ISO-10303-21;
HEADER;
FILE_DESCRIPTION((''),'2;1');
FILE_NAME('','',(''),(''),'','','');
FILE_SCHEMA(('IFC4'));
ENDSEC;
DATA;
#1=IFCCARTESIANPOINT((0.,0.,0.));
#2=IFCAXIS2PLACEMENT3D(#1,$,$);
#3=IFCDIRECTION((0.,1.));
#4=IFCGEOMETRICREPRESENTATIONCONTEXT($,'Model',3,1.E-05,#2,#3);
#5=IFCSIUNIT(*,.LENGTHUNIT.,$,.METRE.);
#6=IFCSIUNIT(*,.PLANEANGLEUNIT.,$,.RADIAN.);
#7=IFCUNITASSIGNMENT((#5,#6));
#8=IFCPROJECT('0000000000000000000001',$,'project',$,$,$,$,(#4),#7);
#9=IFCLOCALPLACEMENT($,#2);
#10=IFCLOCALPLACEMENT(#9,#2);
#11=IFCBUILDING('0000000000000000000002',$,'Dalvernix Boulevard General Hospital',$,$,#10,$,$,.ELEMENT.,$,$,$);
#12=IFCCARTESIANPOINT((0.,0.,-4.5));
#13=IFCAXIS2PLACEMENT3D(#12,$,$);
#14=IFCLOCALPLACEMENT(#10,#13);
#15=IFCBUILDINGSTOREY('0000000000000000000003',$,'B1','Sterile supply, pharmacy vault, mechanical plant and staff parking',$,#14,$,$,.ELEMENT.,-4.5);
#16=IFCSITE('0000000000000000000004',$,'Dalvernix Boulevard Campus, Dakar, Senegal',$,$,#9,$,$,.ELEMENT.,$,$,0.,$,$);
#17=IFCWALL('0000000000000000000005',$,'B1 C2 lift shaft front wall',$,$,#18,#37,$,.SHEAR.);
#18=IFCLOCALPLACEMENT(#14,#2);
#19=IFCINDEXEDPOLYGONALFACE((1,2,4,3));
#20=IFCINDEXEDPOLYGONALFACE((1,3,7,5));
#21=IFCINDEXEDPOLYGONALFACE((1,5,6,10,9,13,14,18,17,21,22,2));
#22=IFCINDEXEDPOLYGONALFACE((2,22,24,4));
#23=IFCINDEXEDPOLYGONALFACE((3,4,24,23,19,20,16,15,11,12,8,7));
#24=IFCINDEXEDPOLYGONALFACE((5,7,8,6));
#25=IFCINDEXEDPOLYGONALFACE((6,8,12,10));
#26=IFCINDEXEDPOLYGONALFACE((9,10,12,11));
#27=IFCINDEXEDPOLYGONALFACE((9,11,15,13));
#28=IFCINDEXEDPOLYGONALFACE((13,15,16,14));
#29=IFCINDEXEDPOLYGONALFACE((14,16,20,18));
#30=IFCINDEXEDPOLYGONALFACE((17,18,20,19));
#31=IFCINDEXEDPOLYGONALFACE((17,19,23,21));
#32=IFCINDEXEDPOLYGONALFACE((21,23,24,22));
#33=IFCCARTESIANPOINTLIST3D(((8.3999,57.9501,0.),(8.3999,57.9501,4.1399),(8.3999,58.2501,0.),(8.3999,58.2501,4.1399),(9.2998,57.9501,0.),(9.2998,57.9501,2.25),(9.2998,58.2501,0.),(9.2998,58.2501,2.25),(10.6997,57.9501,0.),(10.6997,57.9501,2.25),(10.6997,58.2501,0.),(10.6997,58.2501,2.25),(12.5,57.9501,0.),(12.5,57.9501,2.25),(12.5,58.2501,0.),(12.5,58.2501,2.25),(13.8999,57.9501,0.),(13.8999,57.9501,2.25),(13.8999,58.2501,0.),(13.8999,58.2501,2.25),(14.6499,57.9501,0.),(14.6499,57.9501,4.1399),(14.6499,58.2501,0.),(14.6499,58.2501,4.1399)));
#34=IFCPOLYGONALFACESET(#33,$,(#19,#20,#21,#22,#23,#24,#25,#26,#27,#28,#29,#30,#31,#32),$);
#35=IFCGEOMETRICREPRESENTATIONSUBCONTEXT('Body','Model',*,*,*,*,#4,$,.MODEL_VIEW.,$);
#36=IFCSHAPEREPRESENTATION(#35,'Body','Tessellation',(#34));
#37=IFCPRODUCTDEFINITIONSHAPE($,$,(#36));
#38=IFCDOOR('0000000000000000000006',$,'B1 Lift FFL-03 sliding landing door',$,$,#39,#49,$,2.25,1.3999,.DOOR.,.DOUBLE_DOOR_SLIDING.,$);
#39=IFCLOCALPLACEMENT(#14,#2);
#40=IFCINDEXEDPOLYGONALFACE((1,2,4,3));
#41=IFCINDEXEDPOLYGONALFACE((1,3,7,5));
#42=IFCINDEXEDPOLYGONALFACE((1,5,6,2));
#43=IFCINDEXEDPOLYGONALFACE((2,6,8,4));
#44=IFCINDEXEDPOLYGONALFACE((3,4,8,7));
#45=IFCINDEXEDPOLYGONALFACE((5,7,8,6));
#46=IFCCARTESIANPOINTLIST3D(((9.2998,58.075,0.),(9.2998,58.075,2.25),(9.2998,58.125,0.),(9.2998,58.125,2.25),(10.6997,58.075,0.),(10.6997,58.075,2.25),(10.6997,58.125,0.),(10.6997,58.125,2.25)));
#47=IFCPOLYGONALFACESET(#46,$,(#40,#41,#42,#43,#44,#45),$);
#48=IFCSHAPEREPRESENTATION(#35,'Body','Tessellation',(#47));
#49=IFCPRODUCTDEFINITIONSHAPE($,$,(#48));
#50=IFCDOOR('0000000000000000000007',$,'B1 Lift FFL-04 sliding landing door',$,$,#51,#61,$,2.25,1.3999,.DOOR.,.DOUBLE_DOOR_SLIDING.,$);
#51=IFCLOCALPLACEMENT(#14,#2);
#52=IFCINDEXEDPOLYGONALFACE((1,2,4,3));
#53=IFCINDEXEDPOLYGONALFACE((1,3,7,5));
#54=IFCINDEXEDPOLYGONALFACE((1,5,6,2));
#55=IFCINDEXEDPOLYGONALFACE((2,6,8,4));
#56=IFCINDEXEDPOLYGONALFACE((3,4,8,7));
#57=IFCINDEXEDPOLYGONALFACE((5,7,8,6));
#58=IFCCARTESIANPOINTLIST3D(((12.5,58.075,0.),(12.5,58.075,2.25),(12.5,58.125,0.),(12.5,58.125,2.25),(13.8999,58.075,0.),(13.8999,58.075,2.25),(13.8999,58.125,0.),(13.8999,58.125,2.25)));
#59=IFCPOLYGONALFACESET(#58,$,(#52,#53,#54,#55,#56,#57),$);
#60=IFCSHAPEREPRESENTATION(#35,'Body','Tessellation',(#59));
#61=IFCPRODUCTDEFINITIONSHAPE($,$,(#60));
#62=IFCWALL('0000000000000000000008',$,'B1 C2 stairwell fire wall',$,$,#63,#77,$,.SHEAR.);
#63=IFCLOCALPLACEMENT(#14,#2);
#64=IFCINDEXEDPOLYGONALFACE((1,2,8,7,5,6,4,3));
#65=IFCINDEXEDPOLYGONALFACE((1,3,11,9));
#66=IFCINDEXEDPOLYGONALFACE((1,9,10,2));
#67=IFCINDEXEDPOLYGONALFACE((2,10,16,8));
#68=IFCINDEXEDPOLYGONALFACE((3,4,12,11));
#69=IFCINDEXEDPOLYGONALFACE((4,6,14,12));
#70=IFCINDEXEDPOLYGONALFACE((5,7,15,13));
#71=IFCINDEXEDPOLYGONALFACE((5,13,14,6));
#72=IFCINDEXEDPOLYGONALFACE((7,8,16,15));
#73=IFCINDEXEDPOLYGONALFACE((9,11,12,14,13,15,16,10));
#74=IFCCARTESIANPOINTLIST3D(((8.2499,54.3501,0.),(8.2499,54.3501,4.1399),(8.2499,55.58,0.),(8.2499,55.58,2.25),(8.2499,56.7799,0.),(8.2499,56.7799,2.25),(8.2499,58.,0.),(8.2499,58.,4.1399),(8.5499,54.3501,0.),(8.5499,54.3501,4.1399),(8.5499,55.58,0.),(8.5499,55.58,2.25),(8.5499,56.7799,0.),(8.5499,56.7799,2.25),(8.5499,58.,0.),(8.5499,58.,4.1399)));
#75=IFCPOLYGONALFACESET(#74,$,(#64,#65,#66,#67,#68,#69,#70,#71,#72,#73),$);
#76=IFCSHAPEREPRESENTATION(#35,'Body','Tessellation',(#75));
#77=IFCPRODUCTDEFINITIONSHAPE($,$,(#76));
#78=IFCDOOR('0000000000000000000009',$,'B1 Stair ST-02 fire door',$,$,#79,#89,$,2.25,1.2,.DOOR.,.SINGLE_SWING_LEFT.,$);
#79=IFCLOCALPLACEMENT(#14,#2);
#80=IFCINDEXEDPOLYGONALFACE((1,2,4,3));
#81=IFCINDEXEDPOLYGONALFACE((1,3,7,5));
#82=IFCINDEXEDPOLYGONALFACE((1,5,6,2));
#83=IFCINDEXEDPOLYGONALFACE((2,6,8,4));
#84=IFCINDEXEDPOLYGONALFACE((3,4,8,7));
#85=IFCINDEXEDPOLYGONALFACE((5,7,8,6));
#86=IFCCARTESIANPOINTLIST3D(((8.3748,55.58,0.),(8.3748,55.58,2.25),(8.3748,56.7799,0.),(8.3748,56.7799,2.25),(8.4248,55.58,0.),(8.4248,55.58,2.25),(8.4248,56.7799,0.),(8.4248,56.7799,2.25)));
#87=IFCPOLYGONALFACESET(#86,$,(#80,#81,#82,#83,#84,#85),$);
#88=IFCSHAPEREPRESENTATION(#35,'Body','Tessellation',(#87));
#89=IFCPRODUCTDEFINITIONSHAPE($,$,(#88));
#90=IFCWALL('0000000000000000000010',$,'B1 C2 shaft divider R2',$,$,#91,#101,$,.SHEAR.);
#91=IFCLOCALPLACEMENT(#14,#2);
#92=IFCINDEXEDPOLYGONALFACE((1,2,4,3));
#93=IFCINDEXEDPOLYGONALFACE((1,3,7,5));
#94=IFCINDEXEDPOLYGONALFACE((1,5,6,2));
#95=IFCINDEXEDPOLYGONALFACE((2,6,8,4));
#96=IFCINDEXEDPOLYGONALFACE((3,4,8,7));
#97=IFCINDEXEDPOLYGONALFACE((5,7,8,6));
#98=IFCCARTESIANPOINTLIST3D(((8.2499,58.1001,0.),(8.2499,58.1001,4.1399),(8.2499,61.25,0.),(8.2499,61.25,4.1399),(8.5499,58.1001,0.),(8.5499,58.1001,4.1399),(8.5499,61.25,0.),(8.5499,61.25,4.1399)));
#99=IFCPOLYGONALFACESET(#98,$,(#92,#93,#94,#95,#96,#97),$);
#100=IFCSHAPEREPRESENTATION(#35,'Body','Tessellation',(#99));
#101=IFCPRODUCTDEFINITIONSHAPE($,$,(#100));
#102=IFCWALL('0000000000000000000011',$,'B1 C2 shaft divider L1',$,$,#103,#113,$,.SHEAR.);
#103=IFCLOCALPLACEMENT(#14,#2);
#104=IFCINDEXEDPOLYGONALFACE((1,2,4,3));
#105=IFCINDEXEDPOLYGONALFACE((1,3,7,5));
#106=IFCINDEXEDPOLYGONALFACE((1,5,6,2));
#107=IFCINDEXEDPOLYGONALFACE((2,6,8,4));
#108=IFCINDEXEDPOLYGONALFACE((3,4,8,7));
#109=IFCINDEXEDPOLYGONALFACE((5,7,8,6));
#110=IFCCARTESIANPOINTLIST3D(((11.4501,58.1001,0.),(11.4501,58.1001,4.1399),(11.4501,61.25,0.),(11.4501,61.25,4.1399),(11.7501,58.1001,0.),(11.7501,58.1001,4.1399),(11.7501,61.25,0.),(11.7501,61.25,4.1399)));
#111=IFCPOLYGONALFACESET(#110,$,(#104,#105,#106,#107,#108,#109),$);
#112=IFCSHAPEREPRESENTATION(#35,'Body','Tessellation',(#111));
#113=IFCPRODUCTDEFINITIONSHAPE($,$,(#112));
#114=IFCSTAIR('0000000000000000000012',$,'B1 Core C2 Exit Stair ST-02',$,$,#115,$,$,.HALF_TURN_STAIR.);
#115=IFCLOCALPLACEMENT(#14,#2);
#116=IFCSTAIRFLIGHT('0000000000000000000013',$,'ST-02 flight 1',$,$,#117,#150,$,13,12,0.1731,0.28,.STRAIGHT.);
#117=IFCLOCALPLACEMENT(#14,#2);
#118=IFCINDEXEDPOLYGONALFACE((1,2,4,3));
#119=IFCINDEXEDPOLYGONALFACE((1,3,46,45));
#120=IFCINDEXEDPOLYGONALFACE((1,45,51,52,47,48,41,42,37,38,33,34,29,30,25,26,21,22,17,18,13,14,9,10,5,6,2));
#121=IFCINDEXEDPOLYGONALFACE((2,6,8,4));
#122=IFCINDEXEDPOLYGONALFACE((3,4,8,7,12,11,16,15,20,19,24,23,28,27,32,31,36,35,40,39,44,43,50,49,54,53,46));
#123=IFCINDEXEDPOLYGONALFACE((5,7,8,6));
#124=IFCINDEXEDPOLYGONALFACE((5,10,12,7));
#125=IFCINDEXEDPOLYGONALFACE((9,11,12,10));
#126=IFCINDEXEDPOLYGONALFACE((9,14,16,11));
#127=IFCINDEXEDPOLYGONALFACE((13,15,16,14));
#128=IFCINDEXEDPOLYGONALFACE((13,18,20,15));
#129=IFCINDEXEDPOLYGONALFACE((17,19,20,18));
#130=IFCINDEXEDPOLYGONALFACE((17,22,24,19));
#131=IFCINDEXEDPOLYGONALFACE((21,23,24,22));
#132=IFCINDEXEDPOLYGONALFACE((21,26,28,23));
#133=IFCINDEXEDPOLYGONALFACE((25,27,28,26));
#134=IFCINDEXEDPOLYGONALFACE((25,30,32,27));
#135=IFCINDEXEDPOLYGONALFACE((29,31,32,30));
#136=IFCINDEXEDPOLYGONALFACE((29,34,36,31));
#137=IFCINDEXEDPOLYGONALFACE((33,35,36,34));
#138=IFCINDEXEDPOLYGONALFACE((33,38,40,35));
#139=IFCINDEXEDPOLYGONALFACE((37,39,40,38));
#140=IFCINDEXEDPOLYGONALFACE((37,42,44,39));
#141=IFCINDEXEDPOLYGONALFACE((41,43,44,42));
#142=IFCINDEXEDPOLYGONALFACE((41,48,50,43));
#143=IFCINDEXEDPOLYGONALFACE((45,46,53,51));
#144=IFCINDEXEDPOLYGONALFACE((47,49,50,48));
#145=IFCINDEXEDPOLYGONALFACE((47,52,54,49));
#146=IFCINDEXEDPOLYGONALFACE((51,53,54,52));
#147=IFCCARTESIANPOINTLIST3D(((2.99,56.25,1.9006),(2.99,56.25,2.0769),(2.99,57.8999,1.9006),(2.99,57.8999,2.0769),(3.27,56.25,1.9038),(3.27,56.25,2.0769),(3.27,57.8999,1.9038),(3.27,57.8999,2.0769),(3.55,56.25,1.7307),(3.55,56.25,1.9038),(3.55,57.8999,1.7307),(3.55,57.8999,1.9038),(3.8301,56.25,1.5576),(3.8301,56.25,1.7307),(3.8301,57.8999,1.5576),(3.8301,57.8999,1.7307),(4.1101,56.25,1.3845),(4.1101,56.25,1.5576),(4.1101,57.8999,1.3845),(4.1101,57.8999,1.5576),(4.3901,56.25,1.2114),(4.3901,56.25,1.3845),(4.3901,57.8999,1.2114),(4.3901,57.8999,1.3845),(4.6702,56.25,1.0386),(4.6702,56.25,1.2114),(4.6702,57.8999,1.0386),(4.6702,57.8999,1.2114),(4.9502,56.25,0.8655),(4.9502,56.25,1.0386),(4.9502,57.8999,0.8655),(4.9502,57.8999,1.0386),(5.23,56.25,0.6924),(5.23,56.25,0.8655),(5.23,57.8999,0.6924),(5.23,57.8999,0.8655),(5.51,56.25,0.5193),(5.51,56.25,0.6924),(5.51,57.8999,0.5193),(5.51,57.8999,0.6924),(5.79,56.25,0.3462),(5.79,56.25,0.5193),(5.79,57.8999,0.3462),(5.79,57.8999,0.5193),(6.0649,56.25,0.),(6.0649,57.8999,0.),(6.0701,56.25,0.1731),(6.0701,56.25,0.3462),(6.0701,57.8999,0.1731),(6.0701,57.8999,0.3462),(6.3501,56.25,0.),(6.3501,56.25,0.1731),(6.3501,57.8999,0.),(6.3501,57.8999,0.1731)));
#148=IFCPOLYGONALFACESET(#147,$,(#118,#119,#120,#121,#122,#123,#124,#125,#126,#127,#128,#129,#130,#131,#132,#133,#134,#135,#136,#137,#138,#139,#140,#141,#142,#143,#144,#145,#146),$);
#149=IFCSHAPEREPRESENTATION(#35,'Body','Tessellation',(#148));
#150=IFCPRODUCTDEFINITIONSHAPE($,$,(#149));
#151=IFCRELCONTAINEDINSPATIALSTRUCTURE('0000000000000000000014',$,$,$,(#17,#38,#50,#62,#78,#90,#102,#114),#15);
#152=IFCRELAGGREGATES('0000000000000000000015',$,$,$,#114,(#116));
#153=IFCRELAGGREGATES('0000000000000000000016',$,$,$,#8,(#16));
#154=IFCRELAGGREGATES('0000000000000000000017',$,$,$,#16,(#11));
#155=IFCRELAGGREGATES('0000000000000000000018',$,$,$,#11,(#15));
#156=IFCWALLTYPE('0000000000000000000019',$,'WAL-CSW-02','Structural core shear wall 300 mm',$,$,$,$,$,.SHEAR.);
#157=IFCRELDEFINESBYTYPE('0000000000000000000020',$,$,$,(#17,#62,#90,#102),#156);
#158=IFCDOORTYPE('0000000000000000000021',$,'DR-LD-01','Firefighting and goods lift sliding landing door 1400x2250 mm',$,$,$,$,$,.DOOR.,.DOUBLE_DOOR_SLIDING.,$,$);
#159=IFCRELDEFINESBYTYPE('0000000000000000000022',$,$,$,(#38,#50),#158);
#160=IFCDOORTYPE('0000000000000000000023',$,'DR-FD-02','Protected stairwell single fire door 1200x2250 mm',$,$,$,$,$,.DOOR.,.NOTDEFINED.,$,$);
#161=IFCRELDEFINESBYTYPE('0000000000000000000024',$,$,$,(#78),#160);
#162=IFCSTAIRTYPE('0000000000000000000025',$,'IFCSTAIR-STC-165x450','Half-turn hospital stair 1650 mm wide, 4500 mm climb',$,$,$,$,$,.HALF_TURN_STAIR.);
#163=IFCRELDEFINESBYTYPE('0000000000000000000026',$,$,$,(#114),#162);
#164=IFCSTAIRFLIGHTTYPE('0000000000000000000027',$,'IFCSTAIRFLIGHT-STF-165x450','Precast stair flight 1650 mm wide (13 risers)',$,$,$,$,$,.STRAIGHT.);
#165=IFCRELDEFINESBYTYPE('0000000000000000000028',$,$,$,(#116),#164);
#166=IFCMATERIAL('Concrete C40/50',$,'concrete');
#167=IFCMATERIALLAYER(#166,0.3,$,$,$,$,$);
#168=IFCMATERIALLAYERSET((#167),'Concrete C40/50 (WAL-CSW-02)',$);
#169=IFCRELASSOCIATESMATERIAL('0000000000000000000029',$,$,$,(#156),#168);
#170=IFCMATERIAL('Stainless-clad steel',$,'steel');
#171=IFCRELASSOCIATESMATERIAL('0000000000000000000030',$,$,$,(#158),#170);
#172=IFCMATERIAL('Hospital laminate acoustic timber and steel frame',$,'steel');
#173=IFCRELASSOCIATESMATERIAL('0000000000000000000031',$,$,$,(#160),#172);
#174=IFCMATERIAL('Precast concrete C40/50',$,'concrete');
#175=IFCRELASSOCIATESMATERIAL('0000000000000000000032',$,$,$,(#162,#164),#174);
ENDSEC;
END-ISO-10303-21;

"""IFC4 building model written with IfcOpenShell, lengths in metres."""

from ifc_helpers import new_model, si_unit, direction, frame, frame_2d, origin, place, context, subcontext, project, spatial, polyline, rectangle, outline, extrude, material, layer, layer_set, type_object, element, fill, aggregate, save


model = new_model("IFC4")

# Units and contexts
model_context = context("Model", 3, precision=1e-05, world=origin(), true_north=direction((0.0, 1.0)))
body_context = subcontext(model_context, "Body", "Model", "MODEL_VIEW")
ifc_project = project(units=[si_unit("LENGTHUNIT", "METRE"), si_unit("PLANEANGLEUNIT", "RADIAN")], contexts=[model_context])

# Site, building, storey
site_placement = place(None, origin())
site = spatial("IfcSite", under=ifc_project, at=site_placement, Name="Dalvernix Boulevard Campus, Dakar, Senegal", CompositionType="ELEMENT", RefElevation=0.0)
building_placement = place(site_placement, origin())
building = spatial("IfcBuilding", under=site, at=building_placement, Name="Dalvernix Boulevard General Hospital", CompositionType="ELEMENT")
storey_placement = place(building_placement, frame((0.0, 0.0, -4.5)))
storey = spatial("IfcBuildingStorey", under=building, at=storey_placement, Name="B1", Description="Sterile supply, pharmacy vault, mechanical plant and staff parking", CompositionType="ELEMENT", Elevation=-4.5)

# Shared definitions
ifc_material_1 = material(Name="Concrete C40/50", Category="concrete")

# Shared definitions
ifc_material_2 = material(Name="Hospital laminate acoustic timber and steel frame", Category="steel")

# Wall, openings, doors
ifc_layer_1 = layer(ifc_material_1, 0.3)
ifc_layer_set_1 = layer_set([ifc_layer_1], Name="Concrete C40/50 (WAL-CSW-02)")
wall_type_1 = type_object("IfcWallType", Name="WAL-CSW-02", Description="Structural core shear wall 300 mm", PredefinedType="SHEAR", material=ifc_layer_set_1)
wall_1_placement = place(storey_placement, frame((8.3999, 58.1001, 0.0), z_axis=(0.0, 0.0, 1.0), x_axis=(1.0, 0.0, 0.0)))
wall_1 = element("IfcWall", 1, at=wall_1_placement, inside=storey, type_object=wall_type_1, Name="B1 C2 lift shaft front wall", PredefinedType="SHEAR", context=body_context, shape_type="SweptSolid", body=[
    extrude(rectangle(XDim=6.25, YDim=0.3, at=frame_2d((3.125, 0.0))), origin(), (0.0, 0.0, 1.0), 4.1399),
])
opening_1_placement = place(wall_1_placement, frame((0.8999, 0.0, 0.0)))
opening_1 = element("IfcOpeningElement", 2, at=opening_1_placement, cuts=wall_1, PredefinedType="OPENING", context=body_context, shape_type="SweptSolid", body=[
    extrude(rectangle(XDim=1.3999, YDim=2.25, at=frame_2d((0.7, 1.125))), frame((0.0, 0.1599, 0.0), z_axis=(0.0, -1.0, 0.0), x_axis=(1.0, 0.0, 0.0)), (0.0, 0.0, 1.0), 0.3201),
])
opening_2_placement = place(wall_1_placement, frame((4.1001, 0.0, 0.0)))
opening_2 = element("IfcOpeningElement", 3, at=opening_2_placement, cuts=wall_1, PredefinedType="OPENING", context=body_context, shape_type="SweptSolid", body=[
    extrude(rectangle(XDim=1.3999, YDim=2.25, at=frame_2d((0.7, 1.125))), frame((0.0, 0.1599, 0.0), z_axis=(0.0, -1.0, 0.0), x_axis=(1.0, 0.0, 0.0)), (0.0, 0.0, 1.0), 0.3201),
])
ifc_material_3 = material(Name="Stainless-clad steel", Category="steel")
door_type_1 = type_object("IfcDoorType", Name="DR-LD-01", Description="Firefighting and goods lift sliding landing door 1400x2250 mm", OperationType="DOUBLE_DOOR_SLIDING", PredefinedType="DOOR", material=ifc_material_3)
door_1_placement = place(opening_1_placement, origin())
door_1 = element("IfcDoor", 4, at=door_1_placement, inside=storey, type_object=door_type_1, Name="B1 Lift FFL-03 sliding landing door", OperationType="DOUBLE_DOOR_SLIDING", OverallHeight=2.25, OverallWidth=1.3999, PredefinedType="DOOR", context=body_context, shape_type="SweptSolid", body=[
    extrude(rectangle(XDim=1.3999, YDim=2.25, at=frame_2d((0.7, 1.125))), frame((0.0, 0.0249, 0.0), z_axis=(0.0, -1.0, 0.0), x_axis=(1.0, 0.0, 0.0)), (0.0, 0.0, 1.0), 0.05),
])
fill(opening_1, door_1)
door_2_placement = place(opening_2_placement, origin())
door_2 = element("IfcDoor", 5, at=door_2_placement, inside=storey, type_object=door_type_1, Name="B1 Lift FFL-04 sliding landing door", OperationType="DOUBLE_DOOR_SLIDING", OverallHeight=2.25, OverallWidth=1.3999, PredefinedType="DOOR", context=body_context, shape_type="SweptSolid", body=[
    extrude(rectangle(XDim=1.3999, YDim=2.25, at=frame_2d((0.7, 1.125))), frame((0.0, 0.0249, 0.0), z_axis=(0.0, -1.0, 0.0), x_axis=(1.0, 0.0, 0.0)), (0.0, 0.0, 1.0), 0.05),
])
fill(opening_2, door_2)

# Wall, opening, door
wall_2_placement = place(storey_placement, frame((8.3999, 58.0, 0.0), z_axis=(0.0, 0.0, 1.0), x_axis=(0.0, -1.0, 0.0)))
wall_2 = element("IfcWall", 6, at=wall_2_placement, inside=storey, type_object=wall_type_1, Name="B1 C2 stairwell fire wall", PredefinedType="SHEAR", context=body_context, shape_type="SweptSolid", body=[
    extrude(rectangle(XDim=3.6499, YDim=0.3, at=frame_2d((1.825, 0.0))), origin(), (0.0, 0.0, 1.0), 4.1399),
])
opening_3_placement = place(wall_2_placement, frame((1.22, 0.0, 0.0)))
opening_3 = element("IfcOpeningElement", 7, at=opening_3_placement, cuts=wall_2, PredefinedType="OPENING", context=body_context, shape_type="SweptSolid", body=[
    extrude(rectangle(XDim=1.2, YDim=2.25, at=frame_2d((0.6001, 1.125))), frame((0.0, 0.1599, 0.0), z_axis=(0.0, -1.0, 0.0), x_axis=(1.0, 0.0, 0.0)), (0.0, 0.0, 1.0), 0.3201),
])
door_type_2 = type_object("IfcDoorType", Name="DR-FD-02", Description="Protected stairwell single fire door 1200x2250 mm", OperationType="NOTDEFINED", PredefinedType="DOOR", material=ifc_material_2)
door_3_placement = place(opening_3_placement, origin())
door_3 = element("IfcDoor", 8, at=door_3_placement, inside=storey, type_object=door_type_2, Name="B1 Stair ST-02 fire door", OperationType="SINGLE_SWING_LEFT", OverallHeight=2.25, OverallWidth=1.2, PredefinedType="DOOR", context=body_context, shape_type="SweptSolid", body=[
    extrude(rectangle(XDim=1.2, YDim=2.25, at=frame_2d((0.6001, 1.125))), frame((0.0, 0.0249, 0.0), z_axis=(0.0, -1.0, 0.0), x_axis=(1.0, 0.0, 0.0)), (0.0, 0.0, 1.0), 0.05),
])
fill(opening_3, door_3)

# Walls
for number, where, z_axis, x_axis, name in (
    (9, (8.3999, 58.1001, 0.0), (0.0, 0.0, 1.0), (0.0, 1.0, 0.0), "B1 C2 shaft divider R2"),
    (10, (11.6001, 58.1001, 0.0), (0.0, 0.0, 1.0), (0.0, 1.0, 0.0), "B1 C2 shaft divider L1"),
):
    element("IfcWall", number, at=place(storey_placement, frame(where, z_axis=z_axis, x_axis=x_axis)), inside=storey, type_object=wall_type_1, Name=name, PredefinedType="SHEAR", context=body_context, shape_type="SweptSolid", body=[
        extrude(rectangle(XDim=3.1499, YDim=0.3, at=frame_2d((1.575, 0.0))), origin(), (0.0, 0.0, 1.0), 4.1399),
    ])

# Stair, stair flight
ifc_material_4 = material(Name="Precast concrete C40/50", Category="concrete")
stair_type = type_object("IfcStairType", Name="IFCSTAIR-STC-165x450", Description="Half-turn hospital stair 1650 mm wide, 4500 mm climb", PredefinedType="HALF_TURN_STAIR", material=ifc_material_4)
stair_placement = place(storey_placement, origin())
stair = element("IfcStair", 11, at=stair_placement, inside=storey, type_object=stair_type, Name="B1 Core C2 Exit Stair ST-02", PredefinedType="HALF_TURN_STAIR")
stair_flight_type = type_object("IfcStairFlightType", Name="IFCSTAIRFLIGHT-STF-165x450", Description="Precast stair flight 1650 mm wide (13 risers)", PredefinedType="STRAIGHT", material=ifc_material_4)
stair_flight_placement = place(storey_placement, frame((6.3501, 57.075, 0.0), z_axis=(0.0, 0.0, 1.0), x_axis=(-1.0, 0.0, 0.0)))
stair_flight = element("IfcStairFlight", 12, at=stair_flight_placement, type_object=stair_flight_type, Name="ST-02 flight 1", NumberOfRisers=13, NumberOfTreads=12, PredefinedType="STRAIGHT", RiserHeight=0.1731, TreadLength=0.28, context=body_context, shape_type="SweptSolid", body=[
    extrude(outline(polyline([(0.0, 0.0), (0.0, 0.1731), (0.28, 0.1731), (0.28, 0.3462), (0.5601, 0.3462), (0.5601, 0.5193), (0.8401, 0.5193), (0.8401, 0.6924), (1.1201, 0.6924), (1.1201, 0.8655), (1.3999, 0.8655), (1.3999, 1.0386), (1.6799, 1.0386), (1.6799, 1.2114), (1.96, 1.2114), (1.96, 1.3845), (2.24, 1.3845), (2.24, 1.5576), (2.52, 1.5576), (2.52, 1.7307), (2.8, 1.7307), (2.8, 1.9038), (3.0801, 1.9038), (3.0801, 2.0769), (3.3601, 2.0769), (3.3601, 2.25), (3.3601, 1.9006), (0.2852, 0.0), (0.0, 0.0)])), frame((0.0, 0.825, 0.0), z_axis=(0.0, -1.0, 0.0), x_axis=(1.0, 0.0, 0.0)), (0.0, 0.0, 1.0), 1.6499),
])
aggregate(stair, [stair_flight])

save(model, "model.ifc")
